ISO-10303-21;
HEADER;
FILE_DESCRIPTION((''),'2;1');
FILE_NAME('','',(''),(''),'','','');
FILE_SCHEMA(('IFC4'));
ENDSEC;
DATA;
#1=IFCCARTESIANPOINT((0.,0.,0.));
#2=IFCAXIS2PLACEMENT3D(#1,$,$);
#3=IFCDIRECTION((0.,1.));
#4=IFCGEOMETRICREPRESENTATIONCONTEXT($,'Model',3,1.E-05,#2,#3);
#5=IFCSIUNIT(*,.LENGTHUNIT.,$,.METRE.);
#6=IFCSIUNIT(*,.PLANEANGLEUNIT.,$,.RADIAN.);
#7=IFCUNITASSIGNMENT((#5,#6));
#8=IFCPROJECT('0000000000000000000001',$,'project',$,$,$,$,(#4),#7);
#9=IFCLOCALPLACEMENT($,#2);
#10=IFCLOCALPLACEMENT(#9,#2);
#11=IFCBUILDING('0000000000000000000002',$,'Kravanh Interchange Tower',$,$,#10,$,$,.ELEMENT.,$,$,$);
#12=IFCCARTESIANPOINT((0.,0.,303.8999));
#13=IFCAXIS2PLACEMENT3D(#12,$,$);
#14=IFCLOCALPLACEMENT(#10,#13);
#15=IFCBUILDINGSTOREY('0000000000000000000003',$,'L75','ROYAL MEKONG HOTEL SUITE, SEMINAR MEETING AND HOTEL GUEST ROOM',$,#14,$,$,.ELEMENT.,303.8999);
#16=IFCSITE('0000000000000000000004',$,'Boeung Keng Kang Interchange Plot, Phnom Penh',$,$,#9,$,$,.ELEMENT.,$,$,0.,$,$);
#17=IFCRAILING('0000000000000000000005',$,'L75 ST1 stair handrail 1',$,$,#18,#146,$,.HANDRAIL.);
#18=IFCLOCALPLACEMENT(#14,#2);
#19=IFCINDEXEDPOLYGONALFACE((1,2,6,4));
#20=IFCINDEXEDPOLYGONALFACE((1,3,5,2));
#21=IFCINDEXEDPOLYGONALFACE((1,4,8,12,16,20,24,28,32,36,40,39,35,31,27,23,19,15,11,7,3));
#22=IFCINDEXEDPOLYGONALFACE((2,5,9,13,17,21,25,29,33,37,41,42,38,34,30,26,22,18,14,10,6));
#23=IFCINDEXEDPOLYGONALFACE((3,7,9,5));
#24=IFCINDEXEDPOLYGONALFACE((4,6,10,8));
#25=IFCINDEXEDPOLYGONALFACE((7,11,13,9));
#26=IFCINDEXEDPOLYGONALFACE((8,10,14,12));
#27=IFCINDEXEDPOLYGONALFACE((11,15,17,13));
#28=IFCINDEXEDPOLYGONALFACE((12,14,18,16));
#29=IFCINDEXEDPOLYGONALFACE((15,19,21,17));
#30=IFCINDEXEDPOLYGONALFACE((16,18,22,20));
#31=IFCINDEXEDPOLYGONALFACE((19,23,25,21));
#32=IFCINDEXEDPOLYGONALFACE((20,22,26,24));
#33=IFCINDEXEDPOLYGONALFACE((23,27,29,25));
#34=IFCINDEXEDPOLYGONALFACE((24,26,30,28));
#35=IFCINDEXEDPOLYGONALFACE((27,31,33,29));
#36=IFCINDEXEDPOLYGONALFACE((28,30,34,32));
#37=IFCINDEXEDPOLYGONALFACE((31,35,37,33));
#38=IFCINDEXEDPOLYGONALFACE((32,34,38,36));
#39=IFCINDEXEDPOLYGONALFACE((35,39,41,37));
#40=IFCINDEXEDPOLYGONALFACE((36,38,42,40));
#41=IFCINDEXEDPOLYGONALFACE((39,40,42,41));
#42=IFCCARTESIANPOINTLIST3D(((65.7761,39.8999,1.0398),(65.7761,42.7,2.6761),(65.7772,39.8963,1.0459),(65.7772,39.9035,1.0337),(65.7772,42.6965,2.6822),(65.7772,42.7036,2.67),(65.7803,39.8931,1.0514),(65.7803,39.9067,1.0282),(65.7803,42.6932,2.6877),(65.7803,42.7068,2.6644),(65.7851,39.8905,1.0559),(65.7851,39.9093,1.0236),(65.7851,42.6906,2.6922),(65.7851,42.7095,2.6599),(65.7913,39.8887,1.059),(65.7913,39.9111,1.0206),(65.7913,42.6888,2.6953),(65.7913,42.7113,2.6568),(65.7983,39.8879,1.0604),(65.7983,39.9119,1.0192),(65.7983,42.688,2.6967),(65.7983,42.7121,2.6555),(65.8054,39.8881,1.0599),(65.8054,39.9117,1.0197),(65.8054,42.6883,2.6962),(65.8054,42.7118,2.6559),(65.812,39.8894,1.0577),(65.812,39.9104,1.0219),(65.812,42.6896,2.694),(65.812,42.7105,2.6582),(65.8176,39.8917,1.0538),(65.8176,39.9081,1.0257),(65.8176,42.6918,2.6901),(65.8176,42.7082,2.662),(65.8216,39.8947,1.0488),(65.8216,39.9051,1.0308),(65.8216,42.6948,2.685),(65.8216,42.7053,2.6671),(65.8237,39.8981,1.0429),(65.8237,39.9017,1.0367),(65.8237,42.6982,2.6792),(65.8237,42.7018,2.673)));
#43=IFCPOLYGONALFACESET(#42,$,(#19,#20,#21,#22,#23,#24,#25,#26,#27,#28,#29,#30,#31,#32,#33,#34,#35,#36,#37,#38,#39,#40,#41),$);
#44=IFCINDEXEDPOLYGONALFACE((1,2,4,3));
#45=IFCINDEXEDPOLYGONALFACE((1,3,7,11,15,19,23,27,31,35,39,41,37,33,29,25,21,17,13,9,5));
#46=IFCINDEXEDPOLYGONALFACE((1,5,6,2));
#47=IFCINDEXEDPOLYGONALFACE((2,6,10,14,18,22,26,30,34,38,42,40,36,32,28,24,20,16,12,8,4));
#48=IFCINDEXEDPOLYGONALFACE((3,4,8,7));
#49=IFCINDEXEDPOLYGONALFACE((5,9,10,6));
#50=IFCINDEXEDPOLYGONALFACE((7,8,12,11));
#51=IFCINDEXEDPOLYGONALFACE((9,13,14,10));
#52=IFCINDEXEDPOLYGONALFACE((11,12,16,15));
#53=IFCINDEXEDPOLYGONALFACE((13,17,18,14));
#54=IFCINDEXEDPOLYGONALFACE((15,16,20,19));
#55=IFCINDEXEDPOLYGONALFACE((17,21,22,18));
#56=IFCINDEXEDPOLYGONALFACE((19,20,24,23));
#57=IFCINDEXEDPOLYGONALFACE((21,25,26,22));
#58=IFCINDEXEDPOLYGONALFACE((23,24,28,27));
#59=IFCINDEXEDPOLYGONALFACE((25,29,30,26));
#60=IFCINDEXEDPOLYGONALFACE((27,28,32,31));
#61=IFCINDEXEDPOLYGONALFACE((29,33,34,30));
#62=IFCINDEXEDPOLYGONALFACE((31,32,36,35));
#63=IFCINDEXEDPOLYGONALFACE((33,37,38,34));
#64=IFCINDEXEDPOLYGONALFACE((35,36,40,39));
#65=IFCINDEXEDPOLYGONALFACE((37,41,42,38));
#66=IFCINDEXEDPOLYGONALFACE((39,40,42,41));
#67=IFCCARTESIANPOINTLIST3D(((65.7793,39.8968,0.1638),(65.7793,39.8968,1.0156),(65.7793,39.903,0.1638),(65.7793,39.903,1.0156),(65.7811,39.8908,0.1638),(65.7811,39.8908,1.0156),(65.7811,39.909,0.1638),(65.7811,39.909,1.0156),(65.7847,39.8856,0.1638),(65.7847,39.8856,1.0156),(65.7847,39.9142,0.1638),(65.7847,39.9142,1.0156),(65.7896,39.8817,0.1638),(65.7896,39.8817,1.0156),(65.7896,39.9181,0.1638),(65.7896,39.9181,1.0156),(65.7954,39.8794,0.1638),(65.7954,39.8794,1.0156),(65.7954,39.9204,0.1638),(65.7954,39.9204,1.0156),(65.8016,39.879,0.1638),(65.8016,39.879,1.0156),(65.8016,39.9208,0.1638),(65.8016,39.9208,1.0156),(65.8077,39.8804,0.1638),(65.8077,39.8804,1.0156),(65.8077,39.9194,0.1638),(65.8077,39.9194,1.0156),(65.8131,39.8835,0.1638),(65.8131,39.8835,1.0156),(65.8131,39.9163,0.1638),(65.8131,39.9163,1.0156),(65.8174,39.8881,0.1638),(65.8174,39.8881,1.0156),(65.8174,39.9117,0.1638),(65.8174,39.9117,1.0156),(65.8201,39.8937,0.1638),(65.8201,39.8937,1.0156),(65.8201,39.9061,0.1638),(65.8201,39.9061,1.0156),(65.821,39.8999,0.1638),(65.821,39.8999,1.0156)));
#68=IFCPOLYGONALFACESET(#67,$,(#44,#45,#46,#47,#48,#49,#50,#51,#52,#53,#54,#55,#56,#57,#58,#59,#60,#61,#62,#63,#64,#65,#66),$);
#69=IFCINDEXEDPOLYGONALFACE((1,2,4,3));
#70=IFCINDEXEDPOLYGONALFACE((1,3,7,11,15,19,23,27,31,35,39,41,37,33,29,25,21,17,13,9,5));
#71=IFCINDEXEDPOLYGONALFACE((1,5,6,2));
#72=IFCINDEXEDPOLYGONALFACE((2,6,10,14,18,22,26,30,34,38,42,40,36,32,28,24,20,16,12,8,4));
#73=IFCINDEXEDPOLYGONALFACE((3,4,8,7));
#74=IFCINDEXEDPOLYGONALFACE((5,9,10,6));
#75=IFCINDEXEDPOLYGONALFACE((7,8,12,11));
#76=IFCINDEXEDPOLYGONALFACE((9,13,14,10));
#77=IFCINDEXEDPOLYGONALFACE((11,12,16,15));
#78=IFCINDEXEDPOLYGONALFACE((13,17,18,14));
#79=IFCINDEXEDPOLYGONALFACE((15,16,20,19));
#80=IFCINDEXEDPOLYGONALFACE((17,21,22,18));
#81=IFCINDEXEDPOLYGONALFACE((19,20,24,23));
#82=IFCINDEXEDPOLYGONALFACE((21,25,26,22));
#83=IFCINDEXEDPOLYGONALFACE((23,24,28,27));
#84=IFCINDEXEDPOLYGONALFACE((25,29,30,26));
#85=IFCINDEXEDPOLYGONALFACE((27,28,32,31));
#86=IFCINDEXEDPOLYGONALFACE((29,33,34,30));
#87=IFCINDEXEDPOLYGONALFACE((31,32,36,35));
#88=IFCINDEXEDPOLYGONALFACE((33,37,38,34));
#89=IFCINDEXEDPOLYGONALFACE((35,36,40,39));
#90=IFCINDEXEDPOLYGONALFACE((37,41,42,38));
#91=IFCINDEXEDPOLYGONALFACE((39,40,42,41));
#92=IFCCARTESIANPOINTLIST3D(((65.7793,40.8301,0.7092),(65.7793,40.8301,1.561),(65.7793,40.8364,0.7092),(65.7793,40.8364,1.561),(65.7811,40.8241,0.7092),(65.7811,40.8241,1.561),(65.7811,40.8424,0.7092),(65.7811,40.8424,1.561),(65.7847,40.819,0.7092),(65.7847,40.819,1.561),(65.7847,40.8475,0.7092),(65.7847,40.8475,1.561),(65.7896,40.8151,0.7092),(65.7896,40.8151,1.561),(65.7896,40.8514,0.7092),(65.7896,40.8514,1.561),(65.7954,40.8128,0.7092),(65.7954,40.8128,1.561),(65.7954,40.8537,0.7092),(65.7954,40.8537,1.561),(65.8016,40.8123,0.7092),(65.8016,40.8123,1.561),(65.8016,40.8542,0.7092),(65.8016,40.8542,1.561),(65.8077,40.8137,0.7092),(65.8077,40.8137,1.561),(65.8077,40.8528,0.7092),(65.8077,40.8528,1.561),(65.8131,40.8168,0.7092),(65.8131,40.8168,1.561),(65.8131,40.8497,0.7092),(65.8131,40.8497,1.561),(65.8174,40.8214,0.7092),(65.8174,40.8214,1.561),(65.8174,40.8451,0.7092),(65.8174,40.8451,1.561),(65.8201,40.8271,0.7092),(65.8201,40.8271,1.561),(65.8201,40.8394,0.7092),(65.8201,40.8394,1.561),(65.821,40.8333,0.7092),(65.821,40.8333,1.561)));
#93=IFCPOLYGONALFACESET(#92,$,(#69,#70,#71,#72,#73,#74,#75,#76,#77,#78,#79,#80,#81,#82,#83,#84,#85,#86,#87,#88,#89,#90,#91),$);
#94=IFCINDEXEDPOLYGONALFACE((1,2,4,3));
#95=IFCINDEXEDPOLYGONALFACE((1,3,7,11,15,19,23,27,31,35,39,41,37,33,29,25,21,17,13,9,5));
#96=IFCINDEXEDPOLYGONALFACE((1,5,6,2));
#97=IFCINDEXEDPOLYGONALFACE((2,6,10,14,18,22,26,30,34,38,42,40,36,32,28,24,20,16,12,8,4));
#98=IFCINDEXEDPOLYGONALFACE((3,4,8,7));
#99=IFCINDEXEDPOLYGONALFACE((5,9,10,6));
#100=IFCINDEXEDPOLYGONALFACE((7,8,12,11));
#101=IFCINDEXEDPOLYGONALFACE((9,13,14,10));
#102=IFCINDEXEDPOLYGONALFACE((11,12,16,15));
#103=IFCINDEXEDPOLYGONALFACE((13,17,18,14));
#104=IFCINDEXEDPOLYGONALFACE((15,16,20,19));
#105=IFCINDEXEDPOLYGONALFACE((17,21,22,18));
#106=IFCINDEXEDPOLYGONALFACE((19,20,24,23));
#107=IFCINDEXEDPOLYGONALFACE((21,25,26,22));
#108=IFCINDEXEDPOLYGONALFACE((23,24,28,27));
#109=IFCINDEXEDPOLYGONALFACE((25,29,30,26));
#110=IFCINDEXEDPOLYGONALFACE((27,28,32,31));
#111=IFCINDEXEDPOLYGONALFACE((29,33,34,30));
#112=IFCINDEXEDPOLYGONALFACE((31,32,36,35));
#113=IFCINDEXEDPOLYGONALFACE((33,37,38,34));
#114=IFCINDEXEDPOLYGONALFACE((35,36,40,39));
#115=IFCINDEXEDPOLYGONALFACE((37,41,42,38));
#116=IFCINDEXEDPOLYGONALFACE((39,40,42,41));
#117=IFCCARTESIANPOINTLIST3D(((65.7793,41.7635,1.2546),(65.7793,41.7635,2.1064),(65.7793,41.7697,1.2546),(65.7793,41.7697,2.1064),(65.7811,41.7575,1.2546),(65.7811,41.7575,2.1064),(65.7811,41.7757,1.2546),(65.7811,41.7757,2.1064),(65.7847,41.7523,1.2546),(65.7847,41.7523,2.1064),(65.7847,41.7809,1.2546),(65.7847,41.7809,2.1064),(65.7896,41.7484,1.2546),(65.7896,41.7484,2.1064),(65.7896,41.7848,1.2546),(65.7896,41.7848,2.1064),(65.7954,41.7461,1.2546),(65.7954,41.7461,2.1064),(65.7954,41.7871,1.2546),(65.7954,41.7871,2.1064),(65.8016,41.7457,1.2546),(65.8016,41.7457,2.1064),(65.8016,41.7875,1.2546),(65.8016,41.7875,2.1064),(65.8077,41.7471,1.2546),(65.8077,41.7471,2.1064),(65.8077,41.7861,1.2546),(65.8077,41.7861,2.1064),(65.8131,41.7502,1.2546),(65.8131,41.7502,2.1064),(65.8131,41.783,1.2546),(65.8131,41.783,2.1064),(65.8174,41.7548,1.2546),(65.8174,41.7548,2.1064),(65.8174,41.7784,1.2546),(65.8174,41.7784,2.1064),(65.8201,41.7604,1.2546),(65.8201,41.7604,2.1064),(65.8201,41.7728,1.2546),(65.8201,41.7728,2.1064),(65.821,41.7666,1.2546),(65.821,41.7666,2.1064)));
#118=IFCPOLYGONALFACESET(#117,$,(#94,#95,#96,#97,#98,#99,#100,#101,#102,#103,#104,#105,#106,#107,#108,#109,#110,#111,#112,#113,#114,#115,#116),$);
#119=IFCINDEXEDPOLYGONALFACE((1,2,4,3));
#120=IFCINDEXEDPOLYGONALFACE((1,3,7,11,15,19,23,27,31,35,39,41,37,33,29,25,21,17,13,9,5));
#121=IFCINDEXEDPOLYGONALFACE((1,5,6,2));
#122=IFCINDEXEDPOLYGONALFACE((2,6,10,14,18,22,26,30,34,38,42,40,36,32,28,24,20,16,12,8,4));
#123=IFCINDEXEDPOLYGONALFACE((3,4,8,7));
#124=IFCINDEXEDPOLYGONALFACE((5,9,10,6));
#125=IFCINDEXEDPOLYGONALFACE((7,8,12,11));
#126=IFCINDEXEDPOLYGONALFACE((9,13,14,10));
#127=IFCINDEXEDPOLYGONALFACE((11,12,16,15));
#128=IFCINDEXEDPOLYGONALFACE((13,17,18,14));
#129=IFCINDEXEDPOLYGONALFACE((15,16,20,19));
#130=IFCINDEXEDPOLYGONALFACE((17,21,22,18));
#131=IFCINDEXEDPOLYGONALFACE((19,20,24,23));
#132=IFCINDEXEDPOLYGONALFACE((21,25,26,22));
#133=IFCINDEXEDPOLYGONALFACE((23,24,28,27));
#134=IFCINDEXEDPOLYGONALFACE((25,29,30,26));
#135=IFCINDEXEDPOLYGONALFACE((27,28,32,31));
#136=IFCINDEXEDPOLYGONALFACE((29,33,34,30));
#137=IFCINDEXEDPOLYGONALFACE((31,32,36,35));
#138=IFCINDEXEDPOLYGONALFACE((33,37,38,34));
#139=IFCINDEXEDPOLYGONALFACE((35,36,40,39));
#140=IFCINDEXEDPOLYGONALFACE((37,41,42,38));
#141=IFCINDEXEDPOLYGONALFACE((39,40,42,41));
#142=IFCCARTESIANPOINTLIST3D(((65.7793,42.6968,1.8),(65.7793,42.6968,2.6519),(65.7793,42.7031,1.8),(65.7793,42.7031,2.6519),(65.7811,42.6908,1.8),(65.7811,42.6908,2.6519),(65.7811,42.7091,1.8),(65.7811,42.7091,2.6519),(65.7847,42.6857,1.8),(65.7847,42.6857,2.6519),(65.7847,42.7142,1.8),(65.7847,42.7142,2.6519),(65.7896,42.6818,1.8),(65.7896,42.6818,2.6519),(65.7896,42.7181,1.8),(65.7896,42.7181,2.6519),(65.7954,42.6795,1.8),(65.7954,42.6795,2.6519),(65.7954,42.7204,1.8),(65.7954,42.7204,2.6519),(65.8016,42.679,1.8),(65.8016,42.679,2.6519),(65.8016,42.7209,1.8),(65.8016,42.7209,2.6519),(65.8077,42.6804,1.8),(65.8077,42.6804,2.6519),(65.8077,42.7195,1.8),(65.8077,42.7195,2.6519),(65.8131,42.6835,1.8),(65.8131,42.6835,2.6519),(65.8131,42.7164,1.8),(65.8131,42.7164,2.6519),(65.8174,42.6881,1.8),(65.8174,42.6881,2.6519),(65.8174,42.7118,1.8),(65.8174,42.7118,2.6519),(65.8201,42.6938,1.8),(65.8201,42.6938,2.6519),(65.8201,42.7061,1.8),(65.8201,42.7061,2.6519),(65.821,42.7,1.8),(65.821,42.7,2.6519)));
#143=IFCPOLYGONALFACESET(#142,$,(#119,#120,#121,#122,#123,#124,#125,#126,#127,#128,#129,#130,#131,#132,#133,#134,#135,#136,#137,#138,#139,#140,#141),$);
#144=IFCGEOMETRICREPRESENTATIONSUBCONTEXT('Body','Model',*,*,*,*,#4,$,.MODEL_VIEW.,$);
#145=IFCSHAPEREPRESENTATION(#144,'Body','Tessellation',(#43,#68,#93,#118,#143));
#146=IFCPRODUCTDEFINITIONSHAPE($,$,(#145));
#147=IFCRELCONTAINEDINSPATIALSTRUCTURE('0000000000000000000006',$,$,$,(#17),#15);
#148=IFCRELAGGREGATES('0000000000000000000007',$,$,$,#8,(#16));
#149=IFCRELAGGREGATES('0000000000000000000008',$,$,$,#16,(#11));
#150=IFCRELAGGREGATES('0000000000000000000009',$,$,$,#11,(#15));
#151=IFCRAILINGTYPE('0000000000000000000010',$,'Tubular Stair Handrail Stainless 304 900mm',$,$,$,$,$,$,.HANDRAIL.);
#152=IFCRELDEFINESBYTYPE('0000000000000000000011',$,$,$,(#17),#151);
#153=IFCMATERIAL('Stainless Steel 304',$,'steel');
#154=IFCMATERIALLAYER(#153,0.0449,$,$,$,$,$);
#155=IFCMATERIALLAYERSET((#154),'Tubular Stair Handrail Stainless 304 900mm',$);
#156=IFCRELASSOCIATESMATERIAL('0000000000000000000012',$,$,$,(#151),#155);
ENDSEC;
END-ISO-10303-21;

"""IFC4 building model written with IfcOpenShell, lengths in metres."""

from ifc_helpers import new_model, si_unit, direction, frame, origin, origin_2d, place, context, subcontext, project, spatial, circle, extrude, material, layer, layer_set, type_object, element, save


model = new_model("IFC4")

# Units and contexts
model_context = context("Model", 3, precision=1e-05, world=origin(), true_north=direction((0.0, 1.0)))
body_context = subcontext(model_context, "Body", "Model", "MODEL_VIEW")
ifc_project = project(units=[si_unit("LENGTHUNIT", "METRE"), si_unit("PLANEANGLEUNIT", "RADIAN")], contexts=[model_context])

# Site, building, storey
site_placement = place(None, origin())
site = spatial("IfcSite", under=ifc_project, at=site_placement, Name="Boeung Keng Kang Interchange Plot, Phnom Penh", CompositionType="ELEMENT", RefElevation=0.0)
building_placement = place(site_placement, origin())
building = spatial("IfcBuilding", under=site, at=building_placement, Name="Kravanh Interchange Tower", CompositionType="ELEMENT")
storey_placement = place(building_placement, frame((0.0, 0.0, 303.8999)))
storey = spatial("IfcBuildingStorey", under=building, at=storey_placement, Name="L75", Description="ROYAL MEKONG HOTEL SUITE, SEMINAR MEETING AND HOTEL GUEST ROOM", CompositionType="ELEMENT", Elevation=303.8999)

# Railing
ifc_material_1 = material(Name="Stainless Steel 304", Category="steel")
ifc_layer_1 = layer(ifc_material_1, 0.0449)
ifc_layer_set_1 = layer_set([ifc_layer_1], Name="Tubular Stair Handrail Stainless 304 900mm")
railing_type_1 = type_object("IfcRailingType", Name="Tubular Stair Handrail Stainless 304 900mm", PredefinedType="HANDRAIL", material=ifc_layer_set_1)
railing_1_placement = place(storey_placement, frame((65.8, 39.8999, 0.1638)))
element("IfcRailing", 1, at=railing_1_placement, inside=storey, type_object=railing_type_1, Name="L75 ST1 stair handrail 1", PredefinedType="HANDRAIL", context=body_context, shape_type="SweptSolid", body=[
    extrude(circle(Radius=0.0239, at=origin_2d()), frame((0.0, 0.0, 0.876), z_axis=(0.0, 0.863394, 0.504531), x_axis=(-1.0, 0.0, 0.0)), (0.0, 0.0, 1.0), 3.2432),
    extrude(circle(Radius=0.021, at=origin_2d()), origin(), (0.0, 0.0, 1.0), 0.8518),
    extrude(circle(Radius=0.021, at=origin_2d()), frame((0.0, 0.9333, 0.5454)), (0.0, 0.0, 1.0), 0.8518),
    extrude(circle(Radius=0.021, at=origin_2d()), frame((0.0, 1.8667, 1.0908)), (0.0, 0.0, 1.0), 0.8518),
    extrude(circle(Radius=0.021, at=origin_2d()), frame((0.0, 2.8, 1.6362)), (0.0, 0.0, 1.0), 0.8518),
])

save(model, "model.ifc")
